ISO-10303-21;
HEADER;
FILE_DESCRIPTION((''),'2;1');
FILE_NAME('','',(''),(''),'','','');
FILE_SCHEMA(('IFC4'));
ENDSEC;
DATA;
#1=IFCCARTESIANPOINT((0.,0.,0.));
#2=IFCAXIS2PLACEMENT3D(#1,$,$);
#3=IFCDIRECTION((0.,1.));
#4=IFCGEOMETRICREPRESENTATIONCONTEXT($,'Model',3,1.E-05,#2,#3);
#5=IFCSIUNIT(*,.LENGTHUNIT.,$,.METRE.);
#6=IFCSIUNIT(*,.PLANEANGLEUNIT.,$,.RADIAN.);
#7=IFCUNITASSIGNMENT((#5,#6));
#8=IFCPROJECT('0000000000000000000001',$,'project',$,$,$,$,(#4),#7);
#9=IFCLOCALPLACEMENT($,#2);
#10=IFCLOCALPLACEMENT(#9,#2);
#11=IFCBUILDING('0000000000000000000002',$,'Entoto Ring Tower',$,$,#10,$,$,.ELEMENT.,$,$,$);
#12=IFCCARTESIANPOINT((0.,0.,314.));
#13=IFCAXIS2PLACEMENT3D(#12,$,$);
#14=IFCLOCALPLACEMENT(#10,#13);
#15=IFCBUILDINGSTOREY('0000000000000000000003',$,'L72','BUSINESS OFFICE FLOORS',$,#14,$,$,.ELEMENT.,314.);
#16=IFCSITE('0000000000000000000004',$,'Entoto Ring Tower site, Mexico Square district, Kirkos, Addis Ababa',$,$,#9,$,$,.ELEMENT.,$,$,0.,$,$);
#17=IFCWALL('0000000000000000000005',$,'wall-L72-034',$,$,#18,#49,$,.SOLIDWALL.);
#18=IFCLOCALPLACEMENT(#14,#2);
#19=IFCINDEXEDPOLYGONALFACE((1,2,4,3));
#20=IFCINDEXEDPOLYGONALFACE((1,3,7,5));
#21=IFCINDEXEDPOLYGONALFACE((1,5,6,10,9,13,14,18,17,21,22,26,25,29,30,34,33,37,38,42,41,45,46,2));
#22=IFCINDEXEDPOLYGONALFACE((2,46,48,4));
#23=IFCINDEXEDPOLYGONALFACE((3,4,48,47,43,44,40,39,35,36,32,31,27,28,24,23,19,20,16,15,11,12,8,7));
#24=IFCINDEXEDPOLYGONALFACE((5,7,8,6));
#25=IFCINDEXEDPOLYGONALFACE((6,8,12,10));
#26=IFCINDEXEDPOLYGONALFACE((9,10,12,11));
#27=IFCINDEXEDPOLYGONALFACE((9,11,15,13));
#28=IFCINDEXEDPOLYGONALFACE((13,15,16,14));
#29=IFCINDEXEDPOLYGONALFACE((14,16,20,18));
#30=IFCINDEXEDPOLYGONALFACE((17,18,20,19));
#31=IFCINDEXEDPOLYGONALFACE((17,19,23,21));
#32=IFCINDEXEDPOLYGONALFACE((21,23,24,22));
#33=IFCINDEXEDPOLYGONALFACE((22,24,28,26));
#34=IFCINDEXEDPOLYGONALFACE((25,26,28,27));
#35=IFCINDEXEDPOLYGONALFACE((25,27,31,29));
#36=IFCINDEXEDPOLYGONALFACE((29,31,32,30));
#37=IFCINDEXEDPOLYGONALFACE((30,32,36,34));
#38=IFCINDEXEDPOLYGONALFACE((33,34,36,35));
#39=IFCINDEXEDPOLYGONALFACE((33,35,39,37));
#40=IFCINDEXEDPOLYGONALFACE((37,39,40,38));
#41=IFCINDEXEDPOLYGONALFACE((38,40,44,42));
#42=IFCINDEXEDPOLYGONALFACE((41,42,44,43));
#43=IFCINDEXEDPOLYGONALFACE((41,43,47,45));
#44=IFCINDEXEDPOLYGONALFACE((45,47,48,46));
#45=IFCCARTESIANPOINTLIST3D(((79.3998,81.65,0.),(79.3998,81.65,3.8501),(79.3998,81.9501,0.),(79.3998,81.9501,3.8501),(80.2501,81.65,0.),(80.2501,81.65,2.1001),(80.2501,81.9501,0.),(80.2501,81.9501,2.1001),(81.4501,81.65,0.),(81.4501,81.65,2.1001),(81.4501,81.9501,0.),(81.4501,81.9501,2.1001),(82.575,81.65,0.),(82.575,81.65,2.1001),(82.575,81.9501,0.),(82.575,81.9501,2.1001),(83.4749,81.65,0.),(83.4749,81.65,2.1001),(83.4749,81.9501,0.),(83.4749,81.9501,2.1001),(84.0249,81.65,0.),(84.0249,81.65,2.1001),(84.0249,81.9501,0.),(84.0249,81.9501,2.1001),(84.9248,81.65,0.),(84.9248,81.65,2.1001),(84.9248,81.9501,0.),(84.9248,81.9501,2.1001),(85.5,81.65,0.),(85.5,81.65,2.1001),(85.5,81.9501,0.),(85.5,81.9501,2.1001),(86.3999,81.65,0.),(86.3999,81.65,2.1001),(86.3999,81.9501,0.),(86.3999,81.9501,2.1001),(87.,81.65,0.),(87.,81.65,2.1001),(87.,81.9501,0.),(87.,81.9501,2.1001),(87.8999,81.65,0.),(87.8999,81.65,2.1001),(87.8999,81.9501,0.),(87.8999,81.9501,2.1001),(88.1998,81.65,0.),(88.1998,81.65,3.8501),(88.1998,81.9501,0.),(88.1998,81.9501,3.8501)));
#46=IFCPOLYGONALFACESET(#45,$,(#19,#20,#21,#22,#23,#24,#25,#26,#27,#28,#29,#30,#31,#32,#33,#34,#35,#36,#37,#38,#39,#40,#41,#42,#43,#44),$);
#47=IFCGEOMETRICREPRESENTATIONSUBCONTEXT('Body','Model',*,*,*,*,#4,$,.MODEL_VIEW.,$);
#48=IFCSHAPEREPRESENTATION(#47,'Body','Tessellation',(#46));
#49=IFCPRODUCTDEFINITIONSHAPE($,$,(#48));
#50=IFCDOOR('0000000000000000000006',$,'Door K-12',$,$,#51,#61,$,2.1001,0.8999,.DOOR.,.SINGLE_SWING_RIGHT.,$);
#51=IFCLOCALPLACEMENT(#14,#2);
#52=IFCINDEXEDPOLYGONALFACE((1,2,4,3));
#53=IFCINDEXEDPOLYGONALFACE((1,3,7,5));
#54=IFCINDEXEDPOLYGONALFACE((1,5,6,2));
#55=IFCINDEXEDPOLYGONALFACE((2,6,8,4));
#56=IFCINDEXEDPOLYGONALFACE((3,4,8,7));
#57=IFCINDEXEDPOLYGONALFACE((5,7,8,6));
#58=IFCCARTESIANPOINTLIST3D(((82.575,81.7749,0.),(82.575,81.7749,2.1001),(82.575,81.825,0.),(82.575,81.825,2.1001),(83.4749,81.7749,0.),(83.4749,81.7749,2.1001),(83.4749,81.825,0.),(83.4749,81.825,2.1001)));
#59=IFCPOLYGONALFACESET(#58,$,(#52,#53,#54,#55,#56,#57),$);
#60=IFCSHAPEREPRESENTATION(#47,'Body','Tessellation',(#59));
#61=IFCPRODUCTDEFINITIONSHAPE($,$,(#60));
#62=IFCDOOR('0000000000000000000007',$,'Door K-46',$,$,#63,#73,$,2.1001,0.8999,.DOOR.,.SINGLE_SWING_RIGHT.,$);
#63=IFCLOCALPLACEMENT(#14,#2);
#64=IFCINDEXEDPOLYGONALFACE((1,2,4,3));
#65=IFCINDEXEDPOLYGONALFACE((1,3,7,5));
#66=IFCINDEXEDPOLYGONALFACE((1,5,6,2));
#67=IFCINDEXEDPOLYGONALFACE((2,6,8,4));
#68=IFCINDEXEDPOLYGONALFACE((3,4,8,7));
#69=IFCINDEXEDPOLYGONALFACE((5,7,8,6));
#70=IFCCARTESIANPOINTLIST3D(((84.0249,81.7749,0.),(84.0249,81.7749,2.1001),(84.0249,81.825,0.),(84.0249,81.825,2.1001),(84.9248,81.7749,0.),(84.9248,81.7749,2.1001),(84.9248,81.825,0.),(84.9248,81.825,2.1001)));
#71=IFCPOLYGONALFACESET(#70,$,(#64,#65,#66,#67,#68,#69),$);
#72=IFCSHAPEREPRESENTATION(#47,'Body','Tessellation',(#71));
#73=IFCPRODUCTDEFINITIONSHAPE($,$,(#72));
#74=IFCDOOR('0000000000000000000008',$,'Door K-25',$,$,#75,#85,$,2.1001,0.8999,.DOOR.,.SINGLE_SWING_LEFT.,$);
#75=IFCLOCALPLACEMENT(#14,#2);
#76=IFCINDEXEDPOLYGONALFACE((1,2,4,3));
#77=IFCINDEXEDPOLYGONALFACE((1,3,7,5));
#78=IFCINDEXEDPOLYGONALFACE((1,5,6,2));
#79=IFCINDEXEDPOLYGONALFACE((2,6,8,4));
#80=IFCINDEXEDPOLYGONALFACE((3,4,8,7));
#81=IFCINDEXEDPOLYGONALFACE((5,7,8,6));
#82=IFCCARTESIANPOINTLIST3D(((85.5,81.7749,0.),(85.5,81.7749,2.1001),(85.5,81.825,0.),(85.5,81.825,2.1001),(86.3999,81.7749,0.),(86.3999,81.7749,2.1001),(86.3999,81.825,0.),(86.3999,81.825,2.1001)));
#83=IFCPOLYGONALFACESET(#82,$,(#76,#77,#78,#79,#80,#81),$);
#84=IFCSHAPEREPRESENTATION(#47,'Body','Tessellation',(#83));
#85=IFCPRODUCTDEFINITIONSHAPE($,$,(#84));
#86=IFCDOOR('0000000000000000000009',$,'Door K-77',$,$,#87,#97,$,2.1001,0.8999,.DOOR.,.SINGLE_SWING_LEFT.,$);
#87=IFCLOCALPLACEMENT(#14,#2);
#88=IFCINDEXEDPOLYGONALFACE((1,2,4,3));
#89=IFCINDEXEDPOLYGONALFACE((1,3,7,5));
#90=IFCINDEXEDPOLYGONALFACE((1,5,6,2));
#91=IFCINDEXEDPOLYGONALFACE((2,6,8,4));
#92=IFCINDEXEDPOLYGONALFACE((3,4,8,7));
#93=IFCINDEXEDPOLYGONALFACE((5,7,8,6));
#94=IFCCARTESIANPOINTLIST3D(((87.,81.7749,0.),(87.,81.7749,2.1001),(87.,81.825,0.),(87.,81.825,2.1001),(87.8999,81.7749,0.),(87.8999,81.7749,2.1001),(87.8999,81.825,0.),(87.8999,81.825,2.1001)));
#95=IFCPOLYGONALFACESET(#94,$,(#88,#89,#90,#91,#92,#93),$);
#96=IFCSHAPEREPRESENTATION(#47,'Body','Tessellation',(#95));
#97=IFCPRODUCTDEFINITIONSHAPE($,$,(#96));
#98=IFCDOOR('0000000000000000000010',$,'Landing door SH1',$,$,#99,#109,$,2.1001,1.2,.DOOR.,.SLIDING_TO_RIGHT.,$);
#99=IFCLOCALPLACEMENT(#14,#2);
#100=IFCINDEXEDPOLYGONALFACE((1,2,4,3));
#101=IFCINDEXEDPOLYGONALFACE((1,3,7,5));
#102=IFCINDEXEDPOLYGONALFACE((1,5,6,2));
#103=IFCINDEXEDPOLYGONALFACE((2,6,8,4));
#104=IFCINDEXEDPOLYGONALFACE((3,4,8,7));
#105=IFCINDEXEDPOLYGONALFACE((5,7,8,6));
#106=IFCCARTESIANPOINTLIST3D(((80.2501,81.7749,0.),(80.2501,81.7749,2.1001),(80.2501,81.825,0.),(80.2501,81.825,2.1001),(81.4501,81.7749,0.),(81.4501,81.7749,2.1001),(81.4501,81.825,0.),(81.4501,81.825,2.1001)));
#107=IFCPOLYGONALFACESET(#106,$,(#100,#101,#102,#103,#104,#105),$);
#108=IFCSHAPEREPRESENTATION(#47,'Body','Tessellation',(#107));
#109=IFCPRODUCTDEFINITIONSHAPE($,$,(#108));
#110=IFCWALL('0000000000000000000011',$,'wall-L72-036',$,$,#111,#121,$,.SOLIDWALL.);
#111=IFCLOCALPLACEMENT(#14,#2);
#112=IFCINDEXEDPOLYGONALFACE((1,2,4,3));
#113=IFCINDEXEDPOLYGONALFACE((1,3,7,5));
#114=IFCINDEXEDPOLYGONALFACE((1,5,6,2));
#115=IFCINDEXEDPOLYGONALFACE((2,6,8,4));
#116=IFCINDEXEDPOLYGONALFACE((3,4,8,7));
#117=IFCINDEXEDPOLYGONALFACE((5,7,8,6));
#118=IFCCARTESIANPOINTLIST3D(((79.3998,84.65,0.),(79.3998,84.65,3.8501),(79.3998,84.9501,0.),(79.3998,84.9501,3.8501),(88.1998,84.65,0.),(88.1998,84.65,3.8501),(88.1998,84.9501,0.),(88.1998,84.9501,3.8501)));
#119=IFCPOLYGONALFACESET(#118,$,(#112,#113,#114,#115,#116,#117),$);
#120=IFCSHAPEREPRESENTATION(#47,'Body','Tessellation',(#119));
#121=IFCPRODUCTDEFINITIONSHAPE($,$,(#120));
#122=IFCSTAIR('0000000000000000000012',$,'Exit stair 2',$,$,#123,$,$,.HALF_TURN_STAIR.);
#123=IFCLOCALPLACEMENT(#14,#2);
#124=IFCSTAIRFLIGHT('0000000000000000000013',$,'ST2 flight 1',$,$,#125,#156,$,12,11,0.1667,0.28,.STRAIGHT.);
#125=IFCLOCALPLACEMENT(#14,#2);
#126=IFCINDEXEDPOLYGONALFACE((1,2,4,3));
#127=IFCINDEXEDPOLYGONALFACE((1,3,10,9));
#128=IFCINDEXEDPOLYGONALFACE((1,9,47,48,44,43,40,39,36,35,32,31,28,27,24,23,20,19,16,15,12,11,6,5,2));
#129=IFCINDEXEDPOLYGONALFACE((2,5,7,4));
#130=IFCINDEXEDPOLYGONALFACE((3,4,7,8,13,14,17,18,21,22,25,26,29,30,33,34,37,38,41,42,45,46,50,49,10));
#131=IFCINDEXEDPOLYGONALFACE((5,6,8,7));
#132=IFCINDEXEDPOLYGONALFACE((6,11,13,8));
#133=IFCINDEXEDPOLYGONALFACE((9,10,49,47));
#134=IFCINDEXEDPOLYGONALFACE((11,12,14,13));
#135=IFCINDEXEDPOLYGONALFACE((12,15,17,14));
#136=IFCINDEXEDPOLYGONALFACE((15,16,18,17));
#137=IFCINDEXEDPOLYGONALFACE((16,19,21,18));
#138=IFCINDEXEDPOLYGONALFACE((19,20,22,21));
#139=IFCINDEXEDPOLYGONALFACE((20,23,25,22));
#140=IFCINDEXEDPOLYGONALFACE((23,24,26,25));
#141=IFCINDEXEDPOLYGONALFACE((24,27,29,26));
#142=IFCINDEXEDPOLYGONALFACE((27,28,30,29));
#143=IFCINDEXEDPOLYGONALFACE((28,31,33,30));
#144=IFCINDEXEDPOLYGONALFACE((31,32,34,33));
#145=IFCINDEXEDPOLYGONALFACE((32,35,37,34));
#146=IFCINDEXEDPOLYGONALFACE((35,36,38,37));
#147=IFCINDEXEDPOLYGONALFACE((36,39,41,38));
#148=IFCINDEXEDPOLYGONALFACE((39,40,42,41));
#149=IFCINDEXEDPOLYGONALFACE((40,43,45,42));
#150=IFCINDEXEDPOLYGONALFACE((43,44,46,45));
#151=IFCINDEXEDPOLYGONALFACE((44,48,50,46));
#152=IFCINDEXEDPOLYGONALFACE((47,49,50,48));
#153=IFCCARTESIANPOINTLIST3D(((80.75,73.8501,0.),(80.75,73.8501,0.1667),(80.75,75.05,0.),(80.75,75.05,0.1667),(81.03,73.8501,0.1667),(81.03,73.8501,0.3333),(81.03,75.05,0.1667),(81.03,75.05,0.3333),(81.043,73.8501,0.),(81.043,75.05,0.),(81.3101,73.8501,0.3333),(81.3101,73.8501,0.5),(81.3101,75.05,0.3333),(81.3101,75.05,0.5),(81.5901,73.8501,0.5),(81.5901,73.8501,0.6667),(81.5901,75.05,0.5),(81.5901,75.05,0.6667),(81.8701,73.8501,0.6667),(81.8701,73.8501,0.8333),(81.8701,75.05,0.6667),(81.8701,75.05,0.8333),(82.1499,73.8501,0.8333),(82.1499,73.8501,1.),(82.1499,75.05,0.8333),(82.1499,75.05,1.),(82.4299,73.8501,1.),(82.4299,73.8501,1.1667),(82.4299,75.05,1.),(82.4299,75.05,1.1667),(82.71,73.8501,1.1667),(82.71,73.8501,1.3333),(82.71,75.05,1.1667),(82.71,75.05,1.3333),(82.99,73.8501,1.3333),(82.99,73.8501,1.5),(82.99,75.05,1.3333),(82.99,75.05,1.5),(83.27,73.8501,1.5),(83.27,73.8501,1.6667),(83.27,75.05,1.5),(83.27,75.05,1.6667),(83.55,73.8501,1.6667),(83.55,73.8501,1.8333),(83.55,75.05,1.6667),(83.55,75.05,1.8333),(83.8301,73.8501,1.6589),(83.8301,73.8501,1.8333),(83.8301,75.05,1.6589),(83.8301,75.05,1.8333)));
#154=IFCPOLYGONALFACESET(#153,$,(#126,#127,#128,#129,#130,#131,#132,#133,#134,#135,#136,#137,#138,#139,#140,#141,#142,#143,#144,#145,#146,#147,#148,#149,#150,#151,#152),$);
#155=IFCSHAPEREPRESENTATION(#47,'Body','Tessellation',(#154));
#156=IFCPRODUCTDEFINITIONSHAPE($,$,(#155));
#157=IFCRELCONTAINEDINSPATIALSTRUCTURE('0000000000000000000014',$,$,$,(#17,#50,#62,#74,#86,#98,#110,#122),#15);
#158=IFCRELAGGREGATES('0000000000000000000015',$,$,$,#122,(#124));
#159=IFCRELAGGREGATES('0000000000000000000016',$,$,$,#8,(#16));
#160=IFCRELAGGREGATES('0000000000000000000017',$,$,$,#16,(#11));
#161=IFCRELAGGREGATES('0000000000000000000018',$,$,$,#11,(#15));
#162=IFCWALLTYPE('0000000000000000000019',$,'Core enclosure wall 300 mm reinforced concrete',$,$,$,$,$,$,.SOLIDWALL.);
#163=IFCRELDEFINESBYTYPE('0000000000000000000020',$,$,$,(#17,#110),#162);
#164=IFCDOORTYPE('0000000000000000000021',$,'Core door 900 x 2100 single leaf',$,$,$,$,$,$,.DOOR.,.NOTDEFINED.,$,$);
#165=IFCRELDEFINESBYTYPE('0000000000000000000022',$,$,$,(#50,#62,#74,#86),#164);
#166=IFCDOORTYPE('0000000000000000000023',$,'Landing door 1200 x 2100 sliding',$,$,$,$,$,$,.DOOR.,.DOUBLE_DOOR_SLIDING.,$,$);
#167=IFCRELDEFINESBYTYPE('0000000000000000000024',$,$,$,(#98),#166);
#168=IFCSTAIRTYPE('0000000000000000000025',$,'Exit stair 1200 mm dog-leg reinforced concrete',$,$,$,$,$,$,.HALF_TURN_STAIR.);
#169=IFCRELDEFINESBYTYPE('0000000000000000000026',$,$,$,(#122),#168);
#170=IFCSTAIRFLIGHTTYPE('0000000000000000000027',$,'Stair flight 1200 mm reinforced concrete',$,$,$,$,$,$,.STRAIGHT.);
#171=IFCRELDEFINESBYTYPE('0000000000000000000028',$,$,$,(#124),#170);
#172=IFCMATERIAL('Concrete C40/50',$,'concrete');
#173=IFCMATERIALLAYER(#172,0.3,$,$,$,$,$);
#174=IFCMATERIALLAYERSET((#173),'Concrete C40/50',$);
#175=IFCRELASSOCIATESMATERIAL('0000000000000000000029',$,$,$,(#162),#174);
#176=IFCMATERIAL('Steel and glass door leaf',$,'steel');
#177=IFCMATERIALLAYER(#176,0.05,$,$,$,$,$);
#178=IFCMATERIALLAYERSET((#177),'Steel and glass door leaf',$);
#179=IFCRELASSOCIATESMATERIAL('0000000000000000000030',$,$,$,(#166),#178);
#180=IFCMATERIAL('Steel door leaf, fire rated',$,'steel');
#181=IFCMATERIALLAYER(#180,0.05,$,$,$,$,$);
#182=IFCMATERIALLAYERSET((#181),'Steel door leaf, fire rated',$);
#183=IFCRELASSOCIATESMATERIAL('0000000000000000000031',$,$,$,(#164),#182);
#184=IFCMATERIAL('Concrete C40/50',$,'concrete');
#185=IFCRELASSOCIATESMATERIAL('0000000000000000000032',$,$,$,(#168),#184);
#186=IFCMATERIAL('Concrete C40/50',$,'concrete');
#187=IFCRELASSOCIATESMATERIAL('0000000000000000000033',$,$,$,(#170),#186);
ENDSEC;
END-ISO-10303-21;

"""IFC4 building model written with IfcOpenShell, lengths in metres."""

from ifc_helpers import new_model, si_unit, direction, frame, frame_2d, origin, place, context, subcontext, project, spatial, polyline, rectangle, outline, extrude, material, layer, layer_set, type_object, element, fill, aggregate, save


model = new_model("IFC4")

# Units and contexts
model_context = context("Model", 3, precision=1e-05, world=origin(), true_north=direction((0.0, 1.0)))
body_context = subcontext(model_context, "Body", "Model", "MODEL_VIEW")
ifc_project = project(units=[si_unit("LENGTHUNIT", "METRE"), si_unit("PLANEANGLEUNIT", "RADIAN")], contexts=[model_context])

# Site, building, storey
site_placement = place(None, origin())
site = spatial("IfcSite", under=ifc_project, at=site_placement, Name="Entoto Ring Tower site, Mexico Square district, Kirkos, Addis Ababa", CompositionType="ELEMENT", RefElevation=0.0)
building_placement = place(site_placement, origin())
building = spatial("IfcBuilding", under=site, at=building_placement, Name="Entoto Ring Tower", CompositionType="ELEMENT")
storey_placement = place(building_placement, frame((0.0, 0.0, 314.0)))
storey = spatial("IfcBuildingStorey", under=building, at=storey_placement, Name="L72", Description="BUSINESS OFFICE FLOORS", CompositionType="ELEMENT", Elevation=314.0)

# Shared definitions
ifc_material_1 = material(Name="Concrete C40/50", Category="concrete")
ifc_layer_1 = layer(ifc_material_1, 0.3)
ifc_layer_set_1 = layer_set([ifc_layer_1], Name="Concrete C40/50")
wall_type = type_object("IfcWallType", Name="Core enclosure wall 300 mm reinforced concrete", PredefinedType="SOLIDWALL", material=ifc_layer_set_1)
ifc_material_2 = material(Name="Steel and glass door leaf", Category="steel")
ifc_layer_2 = layer(ifc_material_2, 0.05)
ifc_layer_set_2 = layer_set([ifc_layer_2], Name="Steel and glass door leaf")
door_type_1 = type_object("IfcDoorType", Name="Landing door 1200 x 2100 sliding", OperationType="DOUBLE_DOOR_SLIDING", PredefinedType="DOOR", material=ifc_layer_set_2)

# Wall, openings, doors
ifc_material_3 = material(Name="Steel door leaf, fire rated", Category="steel")
ifc_layer_3 = layer(ifc_material_3, 0.05)
ifc_layer_set_3 = layer_set([ifc_layer_3], Name="Steel door leaf, fire rated")
door_type_2 = type_object("IfcDoorType", Name="Core door 900 x 2100 single leaf", OperationType="NOTDEFINED", PredefinedType="DOOR", material=ifc_layer_set_3)
wall_1_placement = place(storey_placement, frame((79.3999, 81.8, 0.0), z_axis=(0.0, 0.0, 1.0), x_axis=(1.0, 0.0, 0.0)))
wall_1 = element("IfcWall", 1, at=wall_1_placement, inside=storey, type_object=wall_type, Name="wall-L72-034", PredefinedType="SOLIDWALL", context=body_context, shape_type="SweptSolid", body=[
    extrude(rectangle(XDim=8.8, YDim=0.3, at=frame_2d((4.3999, 0.0))), origin(), (0.0, 0.0, 1.0), 3.8501),
])
opening_1_placement = place(wall_1_placement, frame((0.8501, 0.0, 0.0)))
opening_1 = element("IfcOpeningElement", 2, at=opening_1_placement, cuts=wall_1, PredefinedType="OPENING", context=body_context, shape_type="SweptSolid", body=[
    extrude(rectangle(XDim=1.2, YDim=2.1001, at=frame_2d((0.6001, 1.05))), frame((0.0, 0.1602, 0.0), z_axis=(0.0, -1.0, 0.0), x_axis=(1.0, 0.0, 0.0)), (0.0, 0.0, 1.0), 0.3201),
])
opening_2_placement = place(wall_1_placement, frame((3.175, 0.0, 0.0)))
opening_2 = element("IfcOpeningElement", 3, at=opening_2_placement, cuts=wall_1, PredefinedType="OPENING", context=body_context, shape_type="SweptSolid", body=[
    extrude(rectangle(XDim=0.8999, YDim=2.1001, at=frame_2d((0.45, 1.05))), frame((0.0, 0.1602, 0.0), z_axis=(0.0, -1.0, 0.0), x_axis=(1.0, 0.0, 0.0)), (0.0, 0.0, 1.0), 0.3201),
])
opening_3_placement = place(wall_1_placement, frame((4.625, 0.0, 0.0)))
opening_3 = element("IfcOpeningElement", 4, at=opening_3_placement, cuts=wall_1, PredefinedType="OPENING", context=body_context, shape_type="SweptSolid", body=[
    extrude(rectangle(XDim=0.8999, YDim=2.1001, at=frame_2d((0.45, 1.05))), frame((0.0, 0.1602, 0.0), z_axis=(0.0, -1.0, 0.0), x_axis=(1.0, 0.0, 0.0)), (0.0, 0.0, 1.0), 0.3201),
])
opening_4_placement = place(wall_1_placement, frame((6.1001, 0.0, 0.0)))
opening_4 = element("IfcOpeningElement", 5, at=opening_4_placement, cuts=wall_1, PredefinedType="OPENING", context=body_context, shape_type="SweptSolid", body=[
    extrude(rectangle(XDim=0.8999, YDim=2.1001, at=frame_2d((0.45, 1.05))), frame((0.0, 0.1602, 0.0), z_axis=(0.0, -1.0, 0.0), x_axis=(1.0, 0.0, 0.0)), (0.0, 0.0, 1.0), 0.3201),
])
opening_5_placement = place(wall_1_placement, frame((7.6001, 0.0, 0.0)))
opening_5 = element("IfcOpeningElement", 6, at=opening_5_placement, cuts=wall_1, PredefinedType="OPENING", context=body_context, shape_type="SweptSolid", body=[
    extrude(rectangle(XDim=0.8999, YDim=2.1001, at=frame_2d((0.45, 1.05))), frame((0.0, 0.1602, 0.0), z_axis=(0.0, -1.0, 0.0), x_axis=(1.0, 0.0, 0.0)), (0.0, 0.0, 1.0), 0.3201),
])
door_1_placement = place(opening_2_placement, origin())
door_1 = element("IfcDoor", 7, at=door_1_placement, inside=storey, type_object=door_type_2, Name="Door K-12", OperationType="SINGLE_SWING_RIGHT", OverallHeight=2.1001, OverallWidth=0.8999, PredefinedType="DOOR", context=body_context, shape_type="SweptSolid", body=[
    extrude(rectangle(XDim=0.8999, YDim=2.1001, at=frame_2d((0.45, 1.05))), frame((0.0, 0.0249, 0.0), z_axis=(0.0, -1.0, 0.0), x_axis=(1.0, 0.0, 0.0)), (0.0, 0.0, 1.0), 0.05),
])
fill(opening_2, door_1)
door_2_placement = place(opening_3_placement, origin())
door_2 = element("IfcDoor", 8, at=door_2_placement, inside=storey, type_object=door_type_2, Name="Door K-46", OperationType="SINGLE_SWING_RIGHT", OverallHeight=2.1001, OverallWidth=0.8999, PredefinedType="DOOR", context=body_context, shape_type="SweptSolid", body=[
    extrude(rectangle(XDim=0.8999, YDim=2.1001, at=frame_2d((0.45, 1.05))), frame((0.0, 0.0249, 0.0), z_axis=(0.0, -1.0, 0.0), x_axis=(1.0, 0.0, 0.0)), (0.0, 0.0, 1.0), 0.05),
])
fill(opening_3, door_2)
door_3_placement = place(opening_4_placement, origin())
door_3 = element("IfcDoor", 9, at=door_3_placement, inside=storey, type_object=door_type_2, Name="Door K-25", OperationType="SINGLE_SWING_LEFT", OverallHeight=2.1001, OverallWidth=0.8999, PredefinedType="DOOR", context=body_context, shape_type="SweptSolid", body=[
    extrude(rectangle(XDim=0.8999, YDim=2.1001, at=frame_2d((0.45, 1.05))), frame((0.0, 0.0249, 0.0), z_axis=(0.0, -1.0, 0.0), x_axis=(1.0, 0.0, 0.0)), (0.0, 0.0, 1.0), 0.05),
])
fill(opening_4, door_3)
door_4_placement = place(opening_5_placement, origin())
door_4 = element("IfcDoor", 10, at=door_4_placement, inside=storey, type_object=door_type_2, Name="Door K-77", OperationType="SINGLE_SWING_LEFT", OverallHeight=2.1001, OverallWidth=0.8999, PredefinedType="DOOR", context=body_context, shape_type="SweptSolid", body=[
    extrude(rectangle(XDim=0.8999, YDim=2.1001, at=frame_2d((0.45, 1.05))), frame((0.0, 0.0249, 0.0), z_axis=(0.0, -1.0, 0.0), x_axis=(1.0, 0.0, 0.0)), (0.0, 0.0, 1.0), 0.05),
])
fill(opening_5, door_4)
door_5_placement = place(opening_1_placement, origin())
door_5 = element("IfcDoor", 11, at=door_5_placement, inside=storey, type_object=door_type_1, Name="Landing door SH1", OperationType="SLIDING_TO_RIGHT", OverallHeight=2.1001, OverallWidth=1.2, PredefinedType="DOOR", context=body_context, shape_type="SweptSolid", body=[
    extrude(rectangle(XDim=1.2, YDim=2.1001, at=frame_2d((0.6001, 1.05))), frame((0.0, 0.0249, 0.0), z_axis=(0.0, -1.0, 0.0), x_axis=(1.0, 0.0, 0.0)), (0.0, 0.0, 1.0), 0.05),
])
fill(opening_1, door_5)

# Wall
wall_2_placement = place(storey_placement, frame((79.3999, 84.8, 0.0), z_axis=(0.0, 0.0, 1.0), x_axis=(1.0, 0.0, 0.0)))
element("IfcWall", 12, at=wall_2_placement, inside=storey, type_object=wall_type, Name="wall-L72-036", PredefinedType="SOLIDWALL", context=body_context, shape_type="SweptSolid", body=[
    extrude(rectangle(XDim=8.8, YDim=0.3, at=frame_2d((4.3999, 0.0))), origin(), (0.0, 0.0, 1.0), 3.8501),
])

# Stair, stair flight
ifc_material_4 = material(Name="Concrete C40/50", Category="concrete")
stair_type = type_object("IfcStairType", Name="Exit stair 1200 mm dog-leg reinforced concrete", PredefinedType="HALF_TURN_STAIR", material=ifc_material_4)
stair_placement = place(storey_placement, origin())
stair = element("IfcStair", 13, at=stair_placement, inside=storey, type_object=stair_type, Name="Exit stair 2", PredefinedType="HALF_TURN_STAIR")
ifc_material_5 = material(Name="Concrete C40/50", Category="concrete")
stair_flight_type = type_object("IfcStairFlightType", Name="Stair flight 1200 mm reinforced concrete", PredefinedType="STRAIGHT", material=ifc_material_5)
stair_flight_placement = place(storey_placement, frame((80.75, 74.45, 0.0), z_axis=(0.0, 0.0, 1.0), x_axis=(1.0, 0.0, 0.0)))
stair_flight = element("IfcStairFlight", 14, at=stair_flight_placement, type_object=stair_flight_type, Name="ST2 flight 1", NumberOfRisers=12, NumberOfTreads=11, PredefinedType="STRAIGHT", RiserHeight=0.1667, TreadLength=0.28, context=body_context, shape_type="SweptSolid", body=[
    extrude(outline(polyline([(0.0, 0.0), (0.0, 0.1667), (0.28, 0.1667), (0.28, 0.3333), (0.5601, 0.3333), (0.5601, 0.5), (0.8401, 0.5), (0.8401, 0.6667), (1.1201, 0.6667), (1.1201, 0.8333), (1.3999, 0.8333), (1.3999, 1.0), (1.6799, 1.0), (1.6799, 1.1667), (1.96, 1.1667), (1.96, 1.3333), (2.24, 1.3333), (2.24, 1.5), (2.52, 1.5), (2.52, 1.6667), (2.8, 1.6667), (2.8, 1.8333), (3.0801, 1.8333), (3.0801, 2.0), (3.0801, 1.6589), (0.293, 0.0), (0.0, 0.0)])), frame((0.0, 0.6001, 0.0), z_axis=(0.0, -1.0, 0.0), x_axis=(1.0, 0.0, 0.0)), (0.0, 0.0, 1.0), 1.2),
])
aggregate(stair, [stair_flight])

save(model, "model.ifc")
